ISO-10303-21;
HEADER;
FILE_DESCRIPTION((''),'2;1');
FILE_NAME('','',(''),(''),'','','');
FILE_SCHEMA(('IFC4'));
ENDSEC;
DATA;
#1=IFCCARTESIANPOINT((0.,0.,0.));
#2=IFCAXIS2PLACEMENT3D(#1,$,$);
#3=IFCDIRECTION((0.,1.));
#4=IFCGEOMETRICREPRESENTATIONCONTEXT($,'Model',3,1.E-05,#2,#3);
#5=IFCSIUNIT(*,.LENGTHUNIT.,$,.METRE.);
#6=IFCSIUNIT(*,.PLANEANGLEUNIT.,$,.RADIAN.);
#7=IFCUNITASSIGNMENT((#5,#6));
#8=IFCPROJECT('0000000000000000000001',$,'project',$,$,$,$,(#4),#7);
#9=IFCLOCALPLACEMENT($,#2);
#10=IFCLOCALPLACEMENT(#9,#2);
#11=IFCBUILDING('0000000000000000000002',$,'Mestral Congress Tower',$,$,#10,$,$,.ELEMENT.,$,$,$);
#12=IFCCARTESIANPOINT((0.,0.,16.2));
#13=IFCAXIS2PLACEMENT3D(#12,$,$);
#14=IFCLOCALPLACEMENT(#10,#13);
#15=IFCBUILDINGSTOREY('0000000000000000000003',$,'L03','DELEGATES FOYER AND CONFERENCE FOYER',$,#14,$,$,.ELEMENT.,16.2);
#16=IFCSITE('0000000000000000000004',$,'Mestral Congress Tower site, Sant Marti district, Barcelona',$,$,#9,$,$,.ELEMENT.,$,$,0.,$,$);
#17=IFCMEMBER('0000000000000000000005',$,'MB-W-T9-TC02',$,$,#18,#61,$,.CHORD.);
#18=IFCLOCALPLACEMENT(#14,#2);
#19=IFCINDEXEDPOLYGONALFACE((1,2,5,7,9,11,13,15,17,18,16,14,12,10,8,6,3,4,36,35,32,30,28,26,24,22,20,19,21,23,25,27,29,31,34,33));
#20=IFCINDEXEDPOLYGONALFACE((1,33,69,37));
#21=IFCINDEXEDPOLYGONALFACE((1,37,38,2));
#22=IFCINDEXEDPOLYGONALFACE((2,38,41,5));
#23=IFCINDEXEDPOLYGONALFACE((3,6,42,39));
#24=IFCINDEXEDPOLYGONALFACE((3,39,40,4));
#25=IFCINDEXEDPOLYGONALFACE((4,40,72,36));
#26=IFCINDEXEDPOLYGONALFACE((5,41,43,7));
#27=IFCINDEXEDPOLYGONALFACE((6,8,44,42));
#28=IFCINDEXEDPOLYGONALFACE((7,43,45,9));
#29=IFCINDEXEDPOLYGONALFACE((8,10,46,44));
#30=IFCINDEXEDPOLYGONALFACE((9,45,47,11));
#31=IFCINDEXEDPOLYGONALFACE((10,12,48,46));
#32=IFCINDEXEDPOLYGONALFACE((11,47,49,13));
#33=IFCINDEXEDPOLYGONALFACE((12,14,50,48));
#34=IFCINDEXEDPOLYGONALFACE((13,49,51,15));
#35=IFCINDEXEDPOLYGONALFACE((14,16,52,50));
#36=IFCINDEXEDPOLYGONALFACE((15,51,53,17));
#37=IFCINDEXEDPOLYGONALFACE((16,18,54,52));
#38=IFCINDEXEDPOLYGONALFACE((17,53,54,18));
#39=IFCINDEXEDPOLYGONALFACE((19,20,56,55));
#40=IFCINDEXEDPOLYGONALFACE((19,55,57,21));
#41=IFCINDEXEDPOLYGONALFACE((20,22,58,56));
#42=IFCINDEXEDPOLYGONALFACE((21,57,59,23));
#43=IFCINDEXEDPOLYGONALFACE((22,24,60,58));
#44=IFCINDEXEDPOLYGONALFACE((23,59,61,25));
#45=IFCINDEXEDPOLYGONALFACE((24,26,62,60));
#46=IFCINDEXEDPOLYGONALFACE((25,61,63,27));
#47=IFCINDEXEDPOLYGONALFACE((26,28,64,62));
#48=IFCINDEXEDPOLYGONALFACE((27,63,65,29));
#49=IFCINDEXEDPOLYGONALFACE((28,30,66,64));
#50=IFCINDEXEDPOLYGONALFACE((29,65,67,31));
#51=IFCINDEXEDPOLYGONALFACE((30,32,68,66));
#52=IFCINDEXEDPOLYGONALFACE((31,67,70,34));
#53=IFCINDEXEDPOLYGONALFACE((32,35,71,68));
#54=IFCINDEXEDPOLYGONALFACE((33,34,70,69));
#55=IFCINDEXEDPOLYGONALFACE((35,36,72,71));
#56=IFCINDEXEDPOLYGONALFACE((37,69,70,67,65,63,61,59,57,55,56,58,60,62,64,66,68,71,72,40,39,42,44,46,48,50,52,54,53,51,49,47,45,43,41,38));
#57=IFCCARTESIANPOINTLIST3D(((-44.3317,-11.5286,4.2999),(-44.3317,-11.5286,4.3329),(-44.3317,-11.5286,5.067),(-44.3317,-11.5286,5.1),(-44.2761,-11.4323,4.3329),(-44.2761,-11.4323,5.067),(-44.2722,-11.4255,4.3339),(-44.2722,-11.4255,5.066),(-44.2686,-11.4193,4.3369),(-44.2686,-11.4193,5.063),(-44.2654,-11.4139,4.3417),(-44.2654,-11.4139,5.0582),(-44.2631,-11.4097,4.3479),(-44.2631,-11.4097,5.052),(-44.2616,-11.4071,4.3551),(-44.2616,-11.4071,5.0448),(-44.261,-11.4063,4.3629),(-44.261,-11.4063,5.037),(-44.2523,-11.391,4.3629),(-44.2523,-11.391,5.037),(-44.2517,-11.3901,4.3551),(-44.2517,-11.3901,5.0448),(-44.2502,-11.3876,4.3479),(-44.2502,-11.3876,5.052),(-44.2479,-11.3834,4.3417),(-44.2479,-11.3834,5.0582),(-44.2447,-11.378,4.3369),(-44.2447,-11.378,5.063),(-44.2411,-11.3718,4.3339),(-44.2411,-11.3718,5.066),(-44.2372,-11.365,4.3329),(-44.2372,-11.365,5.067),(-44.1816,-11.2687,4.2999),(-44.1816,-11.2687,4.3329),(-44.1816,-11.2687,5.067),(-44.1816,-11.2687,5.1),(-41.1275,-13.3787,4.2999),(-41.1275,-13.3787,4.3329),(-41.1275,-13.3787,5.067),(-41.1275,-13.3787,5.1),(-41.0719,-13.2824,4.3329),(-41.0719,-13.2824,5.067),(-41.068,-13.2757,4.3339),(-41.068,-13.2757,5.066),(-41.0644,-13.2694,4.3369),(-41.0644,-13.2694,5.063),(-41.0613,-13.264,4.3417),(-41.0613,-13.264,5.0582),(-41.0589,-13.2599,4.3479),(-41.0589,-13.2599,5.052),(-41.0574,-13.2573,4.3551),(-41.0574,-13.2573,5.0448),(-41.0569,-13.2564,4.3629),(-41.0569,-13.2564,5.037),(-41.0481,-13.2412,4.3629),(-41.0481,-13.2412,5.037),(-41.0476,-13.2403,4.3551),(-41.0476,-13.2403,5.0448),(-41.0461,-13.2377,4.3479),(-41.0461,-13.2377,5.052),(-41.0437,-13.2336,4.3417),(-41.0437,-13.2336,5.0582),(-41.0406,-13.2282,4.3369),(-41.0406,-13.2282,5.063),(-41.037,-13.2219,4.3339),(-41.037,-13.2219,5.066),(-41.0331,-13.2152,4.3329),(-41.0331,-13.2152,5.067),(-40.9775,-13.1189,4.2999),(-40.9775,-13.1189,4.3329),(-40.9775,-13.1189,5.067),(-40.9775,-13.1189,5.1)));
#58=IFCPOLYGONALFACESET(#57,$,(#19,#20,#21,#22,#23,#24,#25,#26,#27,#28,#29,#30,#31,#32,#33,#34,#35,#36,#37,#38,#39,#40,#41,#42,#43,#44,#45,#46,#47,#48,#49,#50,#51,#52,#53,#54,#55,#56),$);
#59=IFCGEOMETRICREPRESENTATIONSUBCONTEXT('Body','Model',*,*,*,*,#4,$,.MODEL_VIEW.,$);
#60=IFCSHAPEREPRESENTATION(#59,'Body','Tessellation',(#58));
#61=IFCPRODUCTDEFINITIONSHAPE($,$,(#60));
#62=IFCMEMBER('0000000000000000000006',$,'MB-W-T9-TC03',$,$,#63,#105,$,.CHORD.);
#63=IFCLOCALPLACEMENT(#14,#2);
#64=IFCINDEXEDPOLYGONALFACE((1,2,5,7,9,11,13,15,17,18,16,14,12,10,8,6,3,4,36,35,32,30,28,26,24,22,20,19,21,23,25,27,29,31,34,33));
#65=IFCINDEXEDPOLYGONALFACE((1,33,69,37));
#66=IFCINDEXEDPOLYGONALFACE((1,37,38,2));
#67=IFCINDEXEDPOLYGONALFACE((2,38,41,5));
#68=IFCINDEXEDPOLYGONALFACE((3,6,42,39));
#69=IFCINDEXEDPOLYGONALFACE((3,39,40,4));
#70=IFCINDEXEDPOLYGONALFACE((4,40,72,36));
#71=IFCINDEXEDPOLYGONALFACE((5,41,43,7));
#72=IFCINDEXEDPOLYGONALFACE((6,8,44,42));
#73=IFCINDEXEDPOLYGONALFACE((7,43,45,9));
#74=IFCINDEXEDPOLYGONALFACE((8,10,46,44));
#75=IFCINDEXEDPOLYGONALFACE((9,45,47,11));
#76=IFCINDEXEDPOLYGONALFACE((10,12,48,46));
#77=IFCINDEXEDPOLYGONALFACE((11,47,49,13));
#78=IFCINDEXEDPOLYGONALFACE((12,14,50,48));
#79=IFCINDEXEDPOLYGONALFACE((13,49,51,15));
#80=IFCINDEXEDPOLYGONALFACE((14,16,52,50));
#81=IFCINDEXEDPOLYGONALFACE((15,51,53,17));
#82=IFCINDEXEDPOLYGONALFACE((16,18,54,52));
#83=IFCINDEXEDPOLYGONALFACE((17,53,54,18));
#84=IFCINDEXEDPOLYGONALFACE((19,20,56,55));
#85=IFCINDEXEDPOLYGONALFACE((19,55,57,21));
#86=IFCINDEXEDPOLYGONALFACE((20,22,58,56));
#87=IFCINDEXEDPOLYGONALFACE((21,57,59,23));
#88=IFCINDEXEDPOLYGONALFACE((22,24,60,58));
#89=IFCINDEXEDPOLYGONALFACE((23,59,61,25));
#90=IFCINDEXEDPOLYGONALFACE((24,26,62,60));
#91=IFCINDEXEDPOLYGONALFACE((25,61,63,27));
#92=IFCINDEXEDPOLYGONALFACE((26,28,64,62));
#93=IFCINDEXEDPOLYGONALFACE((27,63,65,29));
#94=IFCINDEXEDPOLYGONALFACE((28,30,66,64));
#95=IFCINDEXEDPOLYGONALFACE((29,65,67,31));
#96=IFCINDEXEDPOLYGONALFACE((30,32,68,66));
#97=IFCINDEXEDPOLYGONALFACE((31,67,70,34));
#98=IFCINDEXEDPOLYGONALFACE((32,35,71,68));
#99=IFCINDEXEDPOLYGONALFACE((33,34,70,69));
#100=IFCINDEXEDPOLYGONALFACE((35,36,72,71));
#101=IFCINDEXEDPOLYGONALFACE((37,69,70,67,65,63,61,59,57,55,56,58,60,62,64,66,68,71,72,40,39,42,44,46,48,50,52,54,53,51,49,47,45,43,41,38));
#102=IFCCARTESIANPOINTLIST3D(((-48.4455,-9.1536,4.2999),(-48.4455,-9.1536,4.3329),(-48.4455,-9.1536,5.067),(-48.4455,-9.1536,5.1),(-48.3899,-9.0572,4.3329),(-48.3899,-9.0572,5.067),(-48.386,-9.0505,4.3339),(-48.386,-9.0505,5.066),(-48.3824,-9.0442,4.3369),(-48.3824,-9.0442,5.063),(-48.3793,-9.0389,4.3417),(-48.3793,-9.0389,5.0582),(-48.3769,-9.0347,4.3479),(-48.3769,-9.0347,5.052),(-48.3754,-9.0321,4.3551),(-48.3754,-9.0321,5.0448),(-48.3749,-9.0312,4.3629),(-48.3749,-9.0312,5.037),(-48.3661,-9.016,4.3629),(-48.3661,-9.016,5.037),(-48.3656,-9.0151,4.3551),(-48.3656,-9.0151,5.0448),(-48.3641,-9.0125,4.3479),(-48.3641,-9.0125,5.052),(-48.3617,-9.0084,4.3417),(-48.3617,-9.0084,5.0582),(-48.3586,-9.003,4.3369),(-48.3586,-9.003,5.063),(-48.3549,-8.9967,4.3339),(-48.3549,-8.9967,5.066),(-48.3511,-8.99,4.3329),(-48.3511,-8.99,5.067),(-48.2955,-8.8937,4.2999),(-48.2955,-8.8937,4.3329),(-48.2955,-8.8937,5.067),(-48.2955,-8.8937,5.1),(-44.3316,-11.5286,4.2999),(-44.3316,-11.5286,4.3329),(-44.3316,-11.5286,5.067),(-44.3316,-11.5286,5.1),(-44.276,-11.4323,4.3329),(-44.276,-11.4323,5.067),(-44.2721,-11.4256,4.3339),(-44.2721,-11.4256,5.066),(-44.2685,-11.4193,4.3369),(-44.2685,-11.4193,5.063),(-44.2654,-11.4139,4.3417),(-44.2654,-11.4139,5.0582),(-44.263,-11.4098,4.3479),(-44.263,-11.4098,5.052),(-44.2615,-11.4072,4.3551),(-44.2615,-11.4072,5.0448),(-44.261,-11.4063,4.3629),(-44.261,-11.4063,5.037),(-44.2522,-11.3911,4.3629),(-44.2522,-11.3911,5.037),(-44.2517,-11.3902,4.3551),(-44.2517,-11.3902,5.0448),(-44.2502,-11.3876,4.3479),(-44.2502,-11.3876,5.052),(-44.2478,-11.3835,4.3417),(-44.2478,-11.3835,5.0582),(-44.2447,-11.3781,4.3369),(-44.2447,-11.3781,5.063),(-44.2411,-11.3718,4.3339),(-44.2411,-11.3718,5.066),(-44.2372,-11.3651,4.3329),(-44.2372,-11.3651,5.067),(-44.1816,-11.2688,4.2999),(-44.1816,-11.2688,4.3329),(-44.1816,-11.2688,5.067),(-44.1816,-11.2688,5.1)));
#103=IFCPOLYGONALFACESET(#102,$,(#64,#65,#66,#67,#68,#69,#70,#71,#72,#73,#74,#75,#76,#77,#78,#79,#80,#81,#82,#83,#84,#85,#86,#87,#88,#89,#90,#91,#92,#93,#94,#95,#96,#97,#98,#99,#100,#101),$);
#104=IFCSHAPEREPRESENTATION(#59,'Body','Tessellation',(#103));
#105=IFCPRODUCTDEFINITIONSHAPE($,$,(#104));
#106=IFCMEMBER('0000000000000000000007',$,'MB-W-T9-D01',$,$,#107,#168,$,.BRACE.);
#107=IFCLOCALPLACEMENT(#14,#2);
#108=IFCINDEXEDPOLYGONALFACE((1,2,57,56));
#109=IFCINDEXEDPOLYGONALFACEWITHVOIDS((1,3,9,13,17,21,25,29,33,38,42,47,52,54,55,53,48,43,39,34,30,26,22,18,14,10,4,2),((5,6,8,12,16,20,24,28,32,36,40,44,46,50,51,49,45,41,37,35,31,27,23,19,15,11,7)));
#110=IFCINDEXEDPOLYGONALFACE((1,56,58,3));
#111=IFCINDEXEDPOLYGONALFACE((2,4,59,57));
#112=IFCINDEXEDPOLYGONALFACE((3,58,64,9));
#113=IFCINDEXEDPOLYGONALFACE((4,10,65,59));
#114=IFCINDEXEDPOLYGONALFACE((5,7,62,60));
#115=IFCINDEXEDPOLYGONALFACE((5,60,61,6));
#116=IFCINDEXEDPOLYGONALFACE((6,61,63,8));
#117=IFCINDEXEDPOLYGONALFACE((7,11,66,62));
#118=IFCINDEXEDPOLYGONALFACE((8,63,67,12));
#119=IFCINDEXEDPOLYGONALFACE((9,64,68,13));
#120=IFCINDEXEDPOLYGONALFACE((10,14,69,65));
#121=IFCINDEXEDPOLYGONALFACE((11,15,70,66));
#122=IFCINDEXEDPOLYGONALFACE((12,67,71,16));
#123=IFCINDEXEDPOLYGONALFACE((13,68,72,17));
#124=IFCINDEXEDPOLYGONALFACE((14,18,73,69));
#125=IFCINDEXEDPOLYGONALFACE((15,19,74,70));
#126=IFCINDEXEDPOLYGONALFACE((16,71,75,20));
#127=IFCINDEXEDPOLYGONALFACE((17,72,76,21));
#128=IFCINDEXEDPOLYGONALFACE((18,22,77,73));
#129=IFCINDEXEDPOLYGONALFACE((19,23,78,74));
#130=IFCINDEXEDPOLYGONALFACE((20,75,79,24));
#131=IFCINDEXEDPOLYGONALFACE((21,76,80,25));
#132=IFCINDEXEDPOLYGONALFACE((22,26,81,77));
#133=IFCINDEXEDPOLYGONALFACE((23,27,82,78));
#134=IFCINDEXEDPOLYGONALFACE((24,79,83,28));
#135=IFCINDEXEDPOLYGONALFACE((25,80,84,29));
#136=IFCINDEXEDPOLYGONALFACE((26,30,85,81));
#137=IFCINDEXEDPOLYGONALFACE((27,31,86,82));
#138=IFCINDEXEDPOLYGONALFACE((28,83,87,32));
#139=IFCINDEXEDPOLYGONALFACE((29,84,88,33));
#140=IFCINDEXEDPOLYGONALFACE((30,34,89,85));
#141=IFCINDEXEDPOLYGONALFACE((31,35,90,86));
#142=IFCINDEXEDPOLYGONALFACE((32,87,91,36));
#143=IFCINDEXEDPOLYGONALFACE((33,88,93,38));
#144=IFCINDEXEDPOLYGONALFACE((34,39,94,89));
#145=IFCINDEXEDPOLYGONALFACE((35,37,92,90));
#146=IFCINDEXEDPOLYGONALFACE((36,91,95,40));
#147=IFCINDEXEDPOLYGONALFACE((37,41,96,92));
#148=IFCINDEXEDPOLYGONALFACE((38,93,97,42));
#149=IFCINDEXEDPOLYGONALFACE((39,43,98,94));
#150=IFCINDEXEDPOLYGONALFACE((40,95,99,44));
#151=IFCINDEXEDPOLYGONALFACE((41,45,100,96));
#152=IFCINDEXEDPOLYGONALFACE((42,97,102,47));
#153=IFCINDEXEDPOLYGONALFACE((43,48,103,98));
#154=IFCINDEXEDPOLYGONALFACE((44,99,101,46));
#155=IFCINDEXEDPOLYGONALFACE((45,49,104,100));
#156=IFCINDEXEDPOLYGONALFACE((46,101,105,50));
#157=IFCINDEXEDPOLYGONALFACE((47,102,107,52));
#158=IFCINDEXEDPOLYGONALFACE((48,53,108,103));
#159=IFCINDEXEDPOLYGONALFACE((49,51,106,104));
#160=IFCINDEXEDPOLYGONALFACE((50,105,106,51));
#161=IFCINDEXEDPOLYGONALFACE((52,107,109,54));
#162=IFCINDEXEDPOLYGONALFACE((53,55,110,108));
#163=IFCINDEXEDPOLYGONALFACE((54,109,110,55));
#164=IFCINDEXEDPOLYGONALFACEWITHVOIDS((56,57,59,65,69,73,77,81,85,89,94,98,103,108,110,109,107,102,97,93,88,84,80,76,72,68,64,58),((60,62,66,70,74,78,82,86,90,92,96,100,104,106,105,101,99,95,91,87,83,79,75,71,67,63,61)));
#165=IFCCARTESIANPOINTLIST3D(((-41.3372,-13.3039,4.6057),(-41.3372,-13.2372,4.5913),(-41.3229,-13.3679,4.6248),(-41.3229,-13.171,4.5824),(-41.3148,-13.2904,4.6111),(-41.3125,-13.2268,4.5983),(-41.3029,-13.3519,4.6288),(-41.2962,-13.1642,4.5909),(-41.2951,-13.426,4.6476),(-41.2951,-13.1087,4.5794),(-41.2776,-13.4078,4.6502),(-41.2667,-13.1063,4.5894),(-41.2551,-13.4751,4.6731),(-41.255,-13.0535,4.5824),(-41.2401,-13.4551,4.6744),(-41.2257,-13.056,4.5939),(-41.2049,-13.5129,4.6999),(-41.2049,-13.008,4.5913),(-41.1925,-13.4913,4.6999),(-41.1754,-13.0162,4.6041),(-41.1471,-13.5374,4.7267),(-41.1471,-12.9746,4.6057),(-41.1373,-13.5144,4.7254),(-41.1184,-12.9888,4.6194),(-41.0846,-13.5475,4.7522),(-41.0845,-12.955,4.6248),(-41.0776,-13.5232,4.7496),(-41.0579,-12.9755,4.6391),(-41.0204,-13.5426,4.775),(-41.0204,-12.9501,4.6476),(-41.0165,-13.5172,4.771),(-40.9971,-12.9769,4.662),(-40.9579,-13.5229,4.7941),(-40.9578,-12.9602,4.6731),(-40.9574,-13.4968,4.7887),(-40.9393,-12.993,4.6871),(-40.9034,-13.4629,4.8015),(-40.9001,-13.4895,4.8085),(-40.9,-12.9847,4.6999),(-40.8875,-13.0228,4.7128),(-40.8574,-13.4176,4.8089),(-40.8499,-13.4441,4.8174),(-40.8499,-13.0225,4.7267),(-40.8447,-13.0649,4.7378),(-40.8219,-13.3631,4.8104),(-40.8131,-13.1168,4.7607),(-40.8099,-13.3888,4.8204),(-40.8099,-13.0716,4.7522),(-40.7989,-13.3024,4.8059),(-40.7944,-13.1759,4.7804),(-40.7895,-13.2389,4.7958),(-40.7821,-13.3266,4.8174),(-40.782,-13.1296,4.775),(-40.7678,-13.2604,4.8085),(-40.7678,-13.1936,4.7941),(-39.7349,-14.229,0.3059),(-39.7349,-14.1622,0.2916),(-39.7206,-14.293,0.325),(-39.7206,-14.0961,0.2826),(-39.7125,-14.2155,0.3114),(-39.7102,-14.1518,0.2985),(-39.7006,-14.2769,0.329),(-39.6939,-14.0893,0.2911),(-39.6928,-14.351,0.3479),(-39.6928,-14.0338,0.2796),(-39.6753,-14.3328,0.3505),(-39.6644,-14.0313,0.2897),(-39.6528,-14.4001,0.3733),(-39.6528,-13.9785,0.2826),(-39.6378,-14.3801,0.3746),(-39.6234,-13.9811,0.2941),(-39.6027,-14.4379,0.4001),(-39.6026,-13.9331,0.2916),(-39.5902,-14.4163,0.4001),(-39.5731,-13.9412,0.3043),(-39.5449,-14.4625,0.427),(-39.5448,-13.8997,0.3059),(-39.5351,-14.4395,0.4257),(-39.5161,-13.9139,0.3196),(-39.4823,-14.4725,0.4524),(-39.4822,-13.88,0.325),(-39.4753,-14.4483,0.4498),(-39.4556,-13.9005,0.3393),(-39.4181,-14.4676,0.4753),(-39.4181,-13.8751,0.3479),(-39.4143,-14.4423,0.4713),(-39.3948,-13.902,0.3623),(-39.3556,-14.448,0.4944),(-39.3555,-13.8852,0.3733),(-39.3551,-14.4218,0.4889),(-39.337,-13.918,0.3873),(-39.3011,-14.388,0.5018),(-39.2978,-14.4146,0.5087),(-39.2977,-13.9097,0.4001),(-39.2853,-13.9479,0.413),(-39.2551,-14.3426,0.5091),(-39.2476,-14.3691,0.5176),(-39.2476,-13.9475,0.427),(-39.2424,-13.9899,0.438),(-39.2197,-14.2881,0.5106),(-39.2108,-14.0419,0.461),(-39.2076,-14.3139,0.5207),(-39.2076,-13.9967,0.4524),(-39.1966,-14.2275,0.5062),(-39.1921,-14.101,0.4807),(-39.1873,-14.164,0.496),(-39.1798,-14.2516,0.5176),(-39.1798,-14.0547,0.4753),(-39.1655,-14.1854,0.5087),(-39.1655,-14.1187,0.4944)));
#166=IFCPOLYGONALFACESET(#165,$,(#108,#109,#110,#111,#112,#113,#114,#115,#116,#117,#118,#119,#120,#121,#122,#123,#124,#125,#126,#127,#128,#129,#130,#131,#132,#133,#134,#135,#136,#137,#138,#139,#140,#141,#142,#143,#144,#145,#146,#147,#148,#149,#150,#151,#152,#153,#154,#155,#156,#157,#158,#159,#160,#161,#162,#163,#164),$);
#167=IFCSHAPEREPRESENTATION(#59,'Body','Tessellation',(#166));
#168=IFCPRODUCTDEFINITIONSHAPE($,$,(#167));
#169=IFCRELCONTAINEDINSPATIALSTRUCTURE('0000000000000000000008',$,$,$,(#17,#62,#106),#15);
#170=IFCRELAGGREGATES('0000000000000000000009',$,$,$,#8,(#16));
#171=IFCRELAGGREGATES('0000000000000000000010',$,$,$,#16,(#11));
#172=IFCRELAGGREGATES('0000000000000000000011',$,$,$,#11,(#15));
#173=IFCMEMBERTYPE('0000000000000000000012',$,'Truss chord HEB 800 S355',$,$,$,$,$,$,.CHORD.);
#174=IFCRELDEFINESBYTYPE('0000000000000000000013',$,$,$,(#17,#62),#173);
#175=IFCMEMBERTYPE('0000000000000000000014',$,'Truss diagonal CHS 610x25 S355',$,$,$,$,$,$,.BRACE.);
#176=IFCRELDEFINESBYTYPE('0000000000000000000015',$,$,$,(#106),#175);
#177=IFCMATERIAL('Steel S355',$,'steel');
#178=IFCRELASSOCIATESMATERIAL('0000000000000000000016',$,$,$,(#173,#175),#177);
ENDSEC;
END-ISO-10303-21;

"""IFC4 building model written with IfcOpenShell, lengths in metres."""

from ifc_helpers import new_model, si_unit, direction, frame, origin, origin_2d, place, context, subcontext, project, spatial, hollow_circle, i_section, extrude, material, material_profile, profile_set, type_object, element, save


model = new_model("IFC4")

# Units and contexts
model_context = context("Model", 3, precision=1e-05, world=origin(), true_north=direction((0.0, 1.0)))
body_context = subcontext(model_context, "Body", "Model", "MODEL_VIEW")
ifc_project = project(units=[si_unit("LENGTHUNIT", "METRE"), si_unit("PLANEANGLEUNIT", "RADIAN")], contexts=[model_context])

# Site, building, storey
site_placement = place(None, origin())
site = spatial("IfcSite", under=ifc_project, at=site_placement, Name="Mestral Congress Tower site, Sant Marti district, Barcelona", CompositionType="ELEMENT", RefElevation=0.0)
building_placement = place(site_placement, origin())
building = spatial("IfcBuilding", under=site, at=building_placement, Name="Mestral Congress Tower", CompositionType="ELEMENT")
storey_placement = place(building_placement, frame((0.0, 0.0, 16.2)))
storey = spatial("IfcBuildingStorey", under=building, at=storey_placement, Name="L03", Description="DELEGATES FOYER AND CONFERENCE FOYER", CompositionType="ELEMENT", Elevation=16.2)

# Shared definitions
ifc_material_1 = material(Name="Steel S355", Category="steel")

# Members
ifc_material_profile_1 = material_profile(ifc_material_1, i_section(OverallWidth=0.3, OverallDepth=0.8, WebThickness=0.0176, FlangeThickness=0.033, FilletRadius=0.03, at=origin_2d()), Name="HEB 800")
ifc_profile_set_1 = profile_set([ifc_material_profile_1], Name="Steel S355")
member_type_1 = type_object("IfcMemberType", Name="Truss chord HEB 800 S355", PredefinedType="CHORD", material=ifc_profile_set_1)
member_1_placement = place(storey_placement, frame((-41.0525, -13.2488, 4.7), z_axis=(-0.866001, 0.500042, 0.0), x_axis=(-0.500042, -0.866001, 0.0)))
element("IfcMember", 1, at=member_1_placement, inside=storey, type_object=member_type_1, Name="MB-W-T9-TC02", PredefinedType="CHORD", context=body_context, shape_type="SweptSolid", body=[
    extrude(i_section(OverallWidth=0.3, OverallDepth=0.8, WebThickness=0.0176, FlangeThickness=0.033, FilletRadius=0.03, at=origin_2d()), origin(), (0.0, 0.0, 1.0), 3.7),
])
member_2_placement = place(storey_placement, frame((-44.2566, -11.3987, 4.7), z_axis=(-0.866033, 0.499986, 0.0), x_axis=(-0.499986, -0.866033, 0.0)))
element("IfcMember", 2, at=member_2_placement, inside=storey, type_object=member_type_1, Name="MB-W-T9-TC03", PredefinedType="CHORD", context=body_context, shape_type="SweptSolid", body=[
    extrude(i_section(OverallWidth=0.3, OverallDepth=0.8, WebThickness=0.0176, FlangeThickness=0.033, FilletRadius=0.03, at=origin_2d()), origin(), (0.0, 0.0, 1.0), 4.7502),
])
ifc_material_profile_2 = material_profile(ifc_material_1, hollow_circle(Radius=0.3049, WallThickness=0.0249, at=origin_2d()), Name="CHS 610x25")
ifc_profile_set_2 = profile_set([ifc_material_profile_2], Name="Steel S355")
member_type_2 = type_object("IfcMemberType", Name="Truss diagonal CHS 610x25 S355", PredefinedType="BRACE", material=ifc_profile_set_2)
for number, where, z_axis, x_axis, name in (
    (3, (-39.4502, -14.1738, 0.4001), (-0.342301, 0.197619, 0.918573), (-0.499985, -0.866034, 0.0), "MB-W-T9-D01"),
):
    element("IfcMember", number, at=place(storey_placement, frame(where, z_axis=z_axis, x_axis=x_axis)), inside=storey, type_object=member_type_2, Name=name, PredefinedType="BRACE", context=body_context, shape_type="SweptSolid", body=[
        extrude(hollow_circle(Radius=0.3049, WallThickness=0.0249, at=origin_2d()), origin(), (0.0, 0.0, 1.0), 4.6809),
    ])

save(model, "model.ifc")
